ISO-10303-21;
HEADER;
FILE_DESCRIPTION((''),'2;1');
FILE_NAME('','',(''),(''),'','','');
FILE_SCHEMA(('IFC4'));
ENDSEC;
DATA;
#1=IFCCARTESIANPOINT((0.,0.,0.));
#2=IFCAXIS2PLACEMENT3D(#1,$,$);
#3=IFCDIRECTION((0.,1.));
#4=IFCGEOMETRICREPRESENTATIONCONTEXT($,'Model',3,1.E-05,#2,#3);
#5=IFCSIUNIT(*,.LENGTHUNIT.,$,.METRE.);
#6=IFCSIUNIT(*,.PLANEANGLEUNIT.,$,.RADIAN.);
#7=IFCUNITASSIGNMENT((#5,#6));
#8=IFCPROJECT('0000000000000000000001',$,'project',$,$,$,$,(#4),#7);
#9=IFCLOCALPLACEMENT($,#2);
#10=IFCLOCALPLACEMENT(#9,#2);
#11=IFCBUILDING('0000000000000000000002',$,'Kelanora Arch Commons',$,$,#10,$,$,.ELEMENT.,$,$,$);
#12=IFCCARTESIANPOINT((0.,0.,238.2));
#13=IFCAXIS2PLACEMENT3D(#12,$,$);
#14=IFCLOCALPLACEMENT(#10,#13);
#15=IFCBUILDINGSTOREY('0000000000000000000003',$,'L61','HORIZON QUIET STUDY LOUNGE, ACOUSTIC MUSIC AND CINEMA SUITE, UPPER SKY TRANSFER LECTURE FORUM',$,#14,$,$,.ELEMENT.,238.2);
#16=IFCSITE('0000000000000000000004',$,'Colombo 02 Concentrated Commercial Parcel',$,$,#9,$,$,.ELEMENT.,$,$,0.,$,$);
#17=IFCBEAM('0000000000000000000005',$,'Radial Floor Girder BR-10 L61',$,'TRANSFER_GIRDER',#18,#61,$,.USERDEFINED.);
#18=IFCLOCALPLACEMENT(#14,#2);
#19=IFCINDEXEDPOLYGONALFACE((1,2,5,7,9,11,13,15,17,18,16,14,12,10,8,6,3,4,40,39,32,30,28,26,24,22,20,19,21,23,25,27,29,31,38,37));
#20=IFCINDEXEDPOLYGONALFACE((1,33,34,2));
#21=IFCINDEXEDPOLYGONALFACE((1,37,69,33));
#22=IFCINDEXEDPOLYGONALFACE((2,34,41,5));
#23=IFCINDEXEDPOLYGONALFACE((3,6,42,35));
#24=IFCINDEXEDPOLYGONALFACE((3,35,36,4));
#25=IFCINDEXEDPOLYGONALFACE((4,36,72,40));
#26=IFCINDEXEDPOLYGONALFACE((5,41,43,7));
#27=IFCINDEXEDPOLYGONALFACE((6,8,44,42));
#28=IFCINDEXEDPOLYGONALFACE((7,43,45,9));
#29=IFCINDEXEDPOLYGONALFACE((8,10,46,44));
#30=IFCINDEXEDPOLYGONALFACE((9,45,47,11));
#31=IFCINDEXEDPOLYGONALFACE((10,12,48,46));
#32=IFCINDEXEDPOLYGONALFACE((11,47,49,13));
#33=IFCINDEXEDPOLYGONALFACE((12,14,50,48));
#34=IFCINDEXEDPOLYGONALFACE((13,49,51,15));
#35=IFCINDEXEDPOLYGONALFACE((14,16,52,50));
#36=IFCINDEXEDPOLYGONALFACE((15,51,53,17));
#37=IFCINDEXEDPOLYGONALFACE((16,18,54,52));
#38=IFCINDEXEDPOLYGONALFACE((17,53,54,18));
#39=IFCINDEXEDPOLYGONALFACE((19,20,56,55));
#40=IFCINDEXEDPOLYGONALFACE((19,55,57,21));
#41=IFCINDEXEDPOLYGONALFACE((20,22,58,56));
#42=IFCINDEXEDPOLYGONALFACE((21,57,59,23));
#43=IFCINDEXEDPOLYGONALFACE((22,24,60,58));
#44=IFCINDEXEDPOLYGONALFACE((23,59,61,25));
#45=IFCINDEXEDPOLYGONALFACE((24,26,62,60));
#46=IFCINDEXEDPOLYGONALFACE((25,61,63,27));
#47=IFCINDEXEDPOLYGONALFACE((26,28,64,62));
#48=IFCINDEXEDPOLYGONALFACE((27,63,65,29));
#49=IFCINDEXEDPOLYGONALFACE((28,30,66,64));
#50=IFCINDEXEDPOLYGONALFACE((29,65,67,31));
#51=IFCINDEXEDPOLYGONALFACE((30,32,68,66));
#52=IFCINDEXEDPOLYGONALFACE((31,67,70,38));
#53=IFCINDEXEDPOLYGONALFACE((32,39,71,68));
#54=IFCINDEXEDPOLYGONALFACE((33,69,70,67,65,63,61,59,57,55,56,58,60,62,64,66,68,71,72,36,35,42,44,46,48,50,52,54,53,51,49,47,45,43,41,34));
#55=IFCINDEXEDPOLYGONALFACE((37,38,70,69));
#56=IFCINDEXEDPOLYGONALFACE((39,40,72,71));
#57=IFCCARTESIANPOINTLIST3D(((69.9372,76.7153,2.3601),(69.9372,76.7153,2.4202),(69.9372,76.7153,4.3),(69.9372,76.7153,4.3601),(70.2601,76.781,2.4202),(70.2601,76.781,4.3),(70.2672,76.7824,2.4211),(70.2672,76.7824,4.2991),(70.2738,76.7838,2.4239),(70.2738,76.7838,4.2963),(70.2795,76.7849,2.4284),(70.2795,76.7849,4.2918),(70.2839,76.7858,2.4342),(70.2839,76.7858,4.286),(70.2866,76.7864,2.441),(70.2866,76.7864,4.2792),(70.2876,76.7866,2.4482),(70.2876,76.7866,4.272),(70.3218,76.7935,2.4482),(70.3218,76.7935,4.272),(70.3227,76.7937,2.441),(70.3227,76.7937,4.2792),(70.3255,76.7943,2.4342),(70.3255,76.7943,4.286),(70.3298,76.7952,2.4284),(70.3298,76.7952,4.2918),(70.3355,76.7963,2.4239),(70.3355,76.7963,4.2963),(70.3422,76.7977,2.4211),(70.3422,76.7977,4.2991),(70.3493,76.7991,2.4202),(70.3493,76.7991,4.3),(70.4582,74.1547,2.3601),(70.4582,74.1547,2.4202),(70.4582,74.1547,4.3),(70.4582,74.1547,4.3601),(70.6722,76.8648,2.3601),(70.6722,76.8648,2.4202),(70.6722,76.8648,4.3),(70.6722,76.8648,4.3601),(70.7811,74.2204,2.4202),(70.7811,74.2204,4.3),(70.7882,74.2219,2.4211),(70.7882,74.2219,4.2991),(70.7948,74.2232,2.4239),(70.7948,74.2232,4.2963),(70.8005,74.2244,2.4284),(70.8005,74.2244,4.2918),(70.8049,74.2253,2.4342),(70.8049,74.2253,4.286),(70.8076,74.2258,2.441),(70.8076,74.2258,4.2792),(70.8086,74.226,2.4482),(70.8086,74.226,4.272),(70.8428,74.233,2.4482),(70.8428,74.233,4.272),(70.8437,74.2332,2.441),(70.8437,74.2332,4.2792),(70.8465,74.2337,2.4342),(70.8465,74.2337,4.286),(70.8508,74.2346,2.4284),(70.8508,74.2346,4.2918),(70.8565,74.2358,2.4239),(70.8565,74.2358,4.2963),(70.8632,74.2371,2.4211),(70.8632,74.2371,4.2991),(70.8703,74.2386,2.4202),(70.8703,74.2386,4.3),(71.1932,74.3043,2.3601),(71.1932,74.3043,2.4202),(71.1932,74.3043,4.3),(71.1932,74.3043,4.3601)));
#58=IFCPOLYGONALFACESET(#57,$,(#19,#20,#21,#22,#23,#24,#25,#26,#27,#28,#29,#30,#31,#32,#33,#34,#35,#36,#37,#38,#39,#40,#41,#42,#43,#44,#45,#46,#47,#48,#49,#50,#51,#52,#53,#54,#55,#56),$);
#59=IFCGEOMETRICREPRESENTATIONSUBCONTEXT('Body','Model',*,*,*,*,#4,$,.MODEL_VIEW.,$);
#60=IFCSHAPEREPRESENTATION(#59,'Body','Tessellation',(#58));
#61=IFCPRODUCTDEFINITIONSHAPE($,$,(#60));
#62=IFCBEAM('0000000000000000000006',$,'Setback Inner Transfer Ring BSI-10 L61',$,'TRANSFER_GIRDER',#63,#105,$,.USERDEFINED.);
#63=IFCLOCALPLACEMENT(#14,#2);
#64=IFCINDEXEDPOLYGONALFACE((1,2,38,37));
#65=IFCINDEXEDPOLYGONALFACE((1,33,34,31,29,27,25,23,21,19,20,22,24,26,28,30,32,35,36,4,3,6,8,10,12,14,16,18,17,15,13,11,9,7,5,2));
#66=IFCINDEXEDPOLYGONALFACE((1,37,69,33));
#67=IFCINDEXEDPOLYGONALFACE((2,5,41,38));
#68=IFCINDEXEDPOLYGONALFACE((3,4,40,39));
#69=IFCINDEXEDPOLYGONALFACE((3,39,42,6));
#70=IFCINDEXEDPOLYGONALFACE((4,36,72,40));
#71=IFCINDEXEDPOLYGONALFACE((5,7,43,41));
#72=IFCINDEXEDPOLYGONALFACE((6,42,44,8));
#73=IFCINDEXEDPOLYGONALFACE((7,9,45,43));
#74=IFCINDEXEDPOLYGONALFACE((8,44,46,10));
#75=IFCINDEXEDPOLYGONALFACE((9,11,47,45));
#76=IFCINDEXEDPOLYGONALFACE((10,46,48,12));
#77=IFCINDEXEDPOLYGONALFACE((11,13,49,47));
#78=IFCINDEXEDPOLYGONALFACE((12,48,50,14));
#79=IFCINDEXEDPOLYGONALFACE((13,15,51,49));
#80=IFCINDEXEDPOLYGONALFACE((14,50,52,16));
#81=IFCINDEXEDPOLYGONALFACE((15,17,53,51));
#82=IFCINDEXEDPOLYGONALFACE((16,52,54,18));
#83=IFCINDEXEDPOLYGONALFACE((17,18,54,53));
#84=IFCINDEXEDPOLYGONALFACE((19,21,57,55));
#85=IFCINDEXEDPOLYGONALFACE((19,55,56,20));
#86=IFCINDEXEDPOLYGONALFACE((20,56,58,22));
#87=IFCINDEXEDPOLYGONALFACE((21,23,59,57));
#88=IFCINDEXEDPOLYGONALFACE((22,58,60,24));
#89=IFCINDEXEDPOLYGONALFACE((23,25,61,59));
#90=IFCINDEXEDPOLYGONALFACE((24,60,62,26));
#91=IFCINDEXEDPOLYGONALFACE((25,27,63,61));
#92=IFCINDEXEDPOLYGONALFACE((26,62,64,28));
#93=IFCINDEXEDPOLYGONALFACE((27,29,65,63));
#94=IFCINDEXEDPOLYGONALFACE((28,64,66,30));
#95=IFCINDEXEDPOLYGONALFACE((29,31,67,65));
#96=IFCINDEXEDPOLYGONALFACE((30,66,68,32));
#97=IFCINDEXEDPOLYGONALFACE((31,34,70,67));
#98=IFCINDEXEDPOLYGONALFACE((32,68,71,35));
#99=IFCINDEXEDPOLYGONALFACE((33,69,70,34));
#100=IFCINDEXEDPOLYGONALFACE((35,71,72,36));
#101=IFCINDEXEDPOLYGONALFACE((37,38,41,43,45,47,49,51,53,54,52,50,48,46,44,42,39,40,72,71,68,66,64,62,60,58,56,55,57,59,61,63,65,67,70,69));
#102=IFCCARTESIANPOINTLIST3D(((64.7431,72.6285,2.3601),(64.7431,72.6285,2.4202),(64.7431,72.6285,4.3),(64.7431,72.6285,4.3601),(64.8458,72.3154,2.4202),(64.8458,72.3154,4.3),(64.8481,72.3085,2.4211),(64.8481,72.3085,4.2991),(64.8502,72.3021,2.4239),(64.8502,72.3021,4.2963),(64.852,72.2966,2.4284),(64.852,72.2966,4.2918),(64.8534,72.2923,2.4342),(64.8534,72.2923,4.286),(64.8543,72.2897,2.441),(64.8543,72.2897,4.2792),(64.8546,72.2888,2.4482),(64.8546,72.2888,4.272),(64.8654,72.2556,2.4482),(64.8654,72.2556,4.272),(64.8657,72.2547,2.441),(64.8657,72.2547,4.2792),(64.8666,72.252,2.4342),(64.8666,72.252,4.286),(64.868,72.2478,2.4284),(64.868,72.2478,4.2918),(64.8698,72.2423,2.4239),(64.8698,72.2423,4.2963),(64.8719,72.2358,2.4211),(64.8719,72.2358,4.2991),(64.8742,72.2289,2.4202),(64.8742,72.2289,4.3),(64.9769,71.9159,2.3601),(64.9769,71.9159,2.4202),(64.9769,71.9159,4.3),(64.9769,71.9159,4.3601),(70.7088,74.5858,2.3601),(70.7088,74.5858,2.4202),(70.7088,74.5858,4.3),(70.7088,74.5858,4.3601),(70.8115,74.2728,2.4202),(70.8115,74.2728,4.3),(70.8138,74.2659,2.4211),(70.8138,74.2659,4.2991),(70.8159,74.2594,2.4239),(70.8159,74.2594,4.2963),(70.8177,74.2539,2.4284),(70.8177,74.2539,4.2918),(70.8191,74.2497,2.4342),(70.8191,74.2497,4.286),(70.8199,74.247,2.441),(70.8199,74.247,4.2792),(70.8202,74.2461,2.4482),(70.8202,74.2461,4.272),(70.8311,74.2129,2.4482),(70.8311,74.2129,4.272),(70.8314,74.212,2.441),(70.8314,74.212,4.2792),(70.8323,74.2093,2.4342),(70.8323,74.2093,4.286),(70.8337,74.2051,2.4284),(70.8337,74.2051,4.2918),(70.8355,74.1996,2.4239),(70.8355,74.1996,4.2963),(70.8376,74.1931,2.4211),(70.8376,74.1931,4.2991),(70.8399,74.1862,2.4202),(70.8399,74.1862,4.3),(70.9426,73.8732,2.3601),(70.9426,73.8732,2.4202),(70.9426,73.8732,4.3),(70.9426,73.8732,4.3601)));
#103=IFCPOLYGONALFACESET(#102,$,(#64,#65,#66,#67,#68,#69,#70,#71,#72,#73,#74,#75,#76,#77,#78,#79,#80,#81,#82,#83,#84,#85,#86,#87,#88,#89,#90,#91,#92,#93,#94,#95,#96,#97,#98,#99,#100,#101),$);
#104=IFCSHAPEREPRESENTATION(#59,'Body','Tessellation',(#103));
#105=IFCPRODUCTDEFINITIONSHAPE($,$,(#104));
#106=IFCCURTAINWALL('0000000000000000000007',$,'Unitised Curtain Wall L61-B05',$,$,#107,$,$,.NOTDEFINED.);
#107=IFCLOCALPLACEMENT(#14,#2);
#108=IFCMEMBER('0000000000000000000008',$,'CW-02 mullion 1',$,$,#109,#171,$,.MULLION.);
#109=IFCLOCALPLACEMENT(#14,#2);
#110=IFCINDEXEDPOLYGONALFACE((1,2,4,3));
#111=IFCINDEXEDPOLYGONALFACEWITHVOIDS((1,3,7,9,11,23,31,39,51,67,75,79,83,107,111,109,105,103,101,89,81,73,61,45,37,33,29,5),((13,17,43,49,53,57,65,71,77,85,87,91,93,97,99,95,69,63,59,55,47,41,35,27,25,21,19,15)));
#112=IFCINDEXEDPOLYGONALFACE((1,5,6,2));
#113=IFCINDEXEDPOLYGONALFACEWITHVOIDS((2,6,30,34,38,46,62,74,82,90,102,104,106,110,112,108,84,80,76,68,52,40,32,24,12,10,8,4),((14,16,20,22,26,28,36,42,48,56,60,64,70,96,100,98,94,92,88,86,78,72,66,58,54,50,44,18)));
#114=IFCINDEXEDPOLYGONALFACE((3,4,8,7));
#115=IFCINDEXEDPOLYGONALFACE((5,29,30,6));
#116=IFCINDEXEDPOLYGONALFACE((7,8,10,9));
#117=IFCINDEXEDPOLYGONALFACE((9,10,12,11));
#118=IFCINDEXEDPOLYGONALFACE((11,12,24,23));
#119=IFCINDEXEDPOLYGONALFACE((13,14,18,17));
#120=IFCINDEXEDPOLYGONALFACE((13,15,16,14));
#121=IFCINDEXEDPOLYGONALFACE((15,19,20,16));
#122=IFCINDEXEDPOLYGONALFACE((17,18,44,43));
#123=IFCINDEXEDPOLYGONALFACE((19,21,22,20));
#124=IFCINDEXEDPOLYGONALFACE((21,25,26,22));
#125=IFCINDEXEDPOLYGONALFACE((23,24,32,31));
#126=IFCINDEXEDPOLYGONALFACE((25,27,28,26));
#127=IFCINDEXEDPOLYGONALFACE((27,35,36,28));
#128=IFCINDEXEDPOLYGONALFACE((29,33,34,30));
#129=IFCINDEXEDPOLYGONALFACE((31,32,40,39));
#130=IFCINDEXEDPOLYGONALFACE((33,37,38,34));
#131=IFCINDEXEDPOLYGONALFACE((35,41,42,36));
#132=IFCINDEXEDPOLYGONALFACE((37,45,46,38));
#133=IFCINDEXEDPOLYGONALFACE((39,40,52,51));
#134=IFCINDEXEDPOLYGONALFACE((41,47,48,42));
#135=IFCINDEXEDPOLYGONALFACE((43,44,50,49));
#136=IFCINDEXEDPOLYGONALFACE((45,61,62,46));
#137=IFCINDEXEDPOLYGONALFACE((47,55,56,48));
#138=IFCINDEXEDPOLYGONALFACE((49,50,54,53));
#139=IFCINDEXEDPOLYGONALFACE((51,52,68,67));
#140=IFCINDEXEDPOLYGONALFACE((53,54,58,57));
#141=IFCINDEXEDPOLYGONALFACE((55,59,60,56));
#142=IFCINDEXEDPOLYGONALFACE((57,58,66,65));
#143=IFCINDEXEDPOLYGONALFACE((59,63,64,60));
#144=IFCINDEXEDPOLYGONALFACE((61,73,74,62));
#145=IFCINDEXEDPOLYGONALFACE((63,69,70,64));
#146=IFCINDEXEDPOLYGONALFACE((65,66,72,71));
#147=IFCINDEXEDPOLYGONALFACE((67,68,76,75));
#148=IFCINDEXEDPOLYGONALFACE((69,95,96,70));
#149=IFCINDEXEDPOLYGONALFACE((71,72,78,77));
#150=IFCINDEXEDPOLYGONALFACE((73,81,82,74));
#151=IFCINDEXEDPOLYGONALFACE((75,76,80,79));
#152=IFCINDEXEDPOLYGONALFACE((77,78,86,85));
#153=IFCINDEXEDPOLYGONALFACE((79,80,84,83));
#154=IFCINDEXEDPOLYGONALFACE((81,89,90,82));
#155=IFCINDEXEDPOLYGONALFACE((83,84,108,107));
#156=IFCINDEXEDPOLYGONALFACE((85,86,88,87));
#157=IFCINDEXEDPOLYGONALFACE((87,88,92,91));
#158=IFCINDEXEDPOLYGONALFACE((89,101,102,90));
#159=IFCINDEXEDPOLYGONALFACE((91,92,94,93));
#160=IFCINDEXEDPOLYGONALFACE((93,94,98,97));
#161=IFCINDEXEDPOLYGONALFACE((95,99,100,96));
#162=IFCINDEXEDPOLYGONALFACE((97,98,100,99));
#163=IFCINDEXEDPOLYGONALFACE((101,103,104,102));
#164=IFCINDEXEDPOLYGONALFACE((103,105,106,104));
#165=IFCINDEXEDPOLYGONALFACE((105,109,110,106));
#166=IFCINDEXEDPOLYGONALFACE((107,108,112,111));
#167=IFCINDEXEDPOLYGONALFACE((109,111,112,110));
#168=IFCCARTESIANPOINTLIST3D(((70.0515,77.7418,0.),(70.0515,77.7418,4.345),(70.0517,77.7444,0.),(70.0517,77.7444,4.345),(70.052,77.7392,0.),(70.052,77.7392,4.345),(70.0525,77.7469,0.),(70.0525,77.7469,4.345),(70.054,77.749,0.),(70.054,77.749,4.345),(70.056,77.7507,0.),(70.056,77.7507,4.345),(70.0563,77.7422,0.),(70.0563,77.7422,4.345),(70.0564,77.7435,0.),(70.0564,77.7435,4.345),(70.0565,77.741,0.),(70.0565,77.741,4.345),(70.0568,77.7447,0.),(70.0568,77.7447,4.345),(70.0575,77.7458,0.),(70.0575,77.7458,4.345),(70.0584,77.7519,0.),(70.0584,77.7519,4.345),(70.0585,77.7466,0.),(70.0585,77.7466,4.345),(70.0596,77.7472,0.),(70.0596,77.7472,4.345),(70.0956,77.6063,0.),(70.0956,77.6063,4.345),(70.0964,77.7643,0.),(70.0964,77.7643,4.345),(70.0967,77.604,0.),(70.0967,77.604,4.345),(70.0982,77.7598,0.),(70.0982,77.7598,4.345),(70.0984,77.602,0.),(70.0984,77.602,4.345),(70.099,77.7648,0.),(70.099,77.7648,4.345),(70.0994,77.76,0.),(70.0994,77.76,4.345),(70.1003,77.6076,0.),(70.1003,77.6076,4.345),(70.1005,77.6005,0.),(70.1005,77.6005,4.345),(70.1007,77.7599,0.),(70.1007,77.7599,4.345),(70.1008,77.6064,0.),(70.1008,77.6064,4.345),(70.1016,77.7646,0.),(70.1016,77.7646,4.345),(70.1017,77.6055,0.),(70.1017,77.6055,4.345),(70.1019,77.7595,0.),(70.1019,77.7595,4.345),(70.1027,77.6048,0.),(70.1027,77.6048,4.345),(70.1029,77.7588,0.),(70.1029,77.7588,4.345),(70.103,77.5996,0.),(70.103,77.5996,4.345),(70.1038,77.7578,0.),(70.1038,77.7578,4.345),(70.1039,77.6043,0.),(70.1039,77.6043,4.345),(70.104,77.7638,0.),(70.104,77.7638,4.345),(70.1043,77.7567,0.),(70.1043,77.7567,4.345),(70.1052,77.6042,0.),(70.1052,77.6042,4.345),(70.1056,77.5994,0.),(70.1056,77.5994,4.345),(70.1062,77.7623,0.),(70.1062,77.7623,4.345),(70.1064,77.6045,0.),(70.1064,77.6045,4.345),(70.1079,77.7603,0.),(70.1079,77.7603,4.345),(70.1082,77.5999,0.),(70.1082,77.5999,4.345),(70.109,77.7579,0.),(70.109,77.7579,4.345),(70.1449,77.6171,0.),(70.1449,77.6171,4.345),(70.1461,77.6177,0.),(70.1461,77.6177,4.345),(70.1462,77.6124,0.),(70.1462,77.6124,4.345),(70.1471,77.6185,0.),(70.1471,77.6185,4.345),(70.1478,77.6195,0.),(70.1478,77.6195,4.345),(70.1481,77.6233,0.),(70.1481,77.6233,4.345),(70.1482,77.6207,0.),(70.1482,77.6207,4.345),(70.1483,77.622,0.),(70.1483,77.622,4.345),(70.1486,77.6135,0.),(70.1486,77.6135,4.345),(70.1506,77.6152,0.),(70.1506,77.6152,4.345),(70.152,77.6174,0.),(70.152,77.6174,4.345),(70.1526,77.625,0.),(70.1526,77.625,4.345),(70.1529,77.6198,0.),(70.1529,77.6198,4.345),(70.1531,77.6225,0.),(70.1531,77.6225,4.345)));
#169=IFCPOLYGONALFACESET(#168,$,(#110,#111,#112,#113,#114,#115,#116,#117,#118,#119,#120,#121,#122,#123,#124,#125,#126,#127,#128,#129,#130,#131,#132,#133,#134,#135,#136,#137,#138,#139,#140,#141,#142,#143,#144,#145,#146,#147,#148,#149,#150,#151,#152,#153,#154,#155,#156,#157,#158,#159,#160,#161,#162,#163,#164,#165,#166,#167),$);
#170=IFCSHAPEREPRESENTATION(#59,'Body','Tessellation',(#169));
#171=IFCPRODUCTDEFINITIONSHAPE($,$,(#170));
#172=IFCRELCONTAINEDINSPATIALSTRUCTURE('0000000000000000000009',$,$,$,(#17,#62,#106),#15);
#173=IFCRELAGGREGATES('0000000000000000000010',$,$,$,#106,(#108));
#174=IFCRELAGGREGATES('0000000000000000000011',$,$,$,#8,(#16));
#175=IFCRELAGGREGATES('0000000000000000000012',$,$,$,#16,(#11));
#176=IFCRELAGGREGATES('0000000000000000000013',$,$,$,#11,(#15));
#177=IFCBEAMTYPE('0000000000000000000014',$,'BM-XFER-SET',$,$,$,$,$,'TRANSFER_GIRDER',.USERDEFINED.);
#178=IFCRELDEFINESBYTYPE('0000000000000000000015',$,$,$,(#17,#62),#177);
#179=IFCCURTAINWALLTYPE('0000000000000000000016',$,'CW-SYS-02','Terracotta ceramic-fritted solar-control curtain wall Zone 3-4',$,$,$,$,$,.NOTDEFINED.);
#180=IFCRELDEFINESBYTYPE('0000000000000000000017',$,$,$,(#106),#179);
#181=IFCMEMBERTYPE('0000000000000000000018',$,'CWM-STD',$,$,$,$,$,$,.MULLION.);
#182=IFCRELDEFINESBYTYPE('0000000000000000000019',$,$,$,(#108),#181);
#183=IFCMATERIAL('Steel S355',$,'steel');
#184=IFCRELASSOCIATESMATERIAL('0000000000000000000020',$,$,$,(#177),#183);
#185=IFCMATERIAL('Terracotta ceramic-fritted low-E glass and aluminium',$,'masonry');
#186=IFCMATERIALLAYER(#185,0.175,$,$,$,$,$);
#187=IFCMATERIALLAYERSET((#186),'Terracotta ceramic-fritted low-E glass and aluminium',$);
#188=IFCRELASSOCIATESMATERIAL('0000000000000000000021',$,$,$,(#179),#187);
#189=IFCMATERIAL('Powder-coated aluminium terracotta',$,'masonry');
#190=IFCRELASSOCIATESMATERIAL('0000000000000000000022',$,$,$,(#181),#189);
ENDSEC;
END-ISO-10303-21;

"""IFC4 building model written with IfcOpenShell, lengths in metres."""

from ifc_helpers import new_model, si_unit, direction, frame, origin, origin_2d, place, context, subcontext, project, spatial, hollow_rectangle, i_section, extrude, material, layer, layer_set, material_profile, profile_set, type_object, element, aggregate, save


model = new_model("IFC4")

# Units and contexts
model_context = context("Model", 3, precision=1e-05, world=origin(), true_north=direction((0.0, 1.0)))
body_context = subcontext(model_context, "Body", "Model", "MODEL_VIEW")
ifc_project = project(units=[si_unit("LENGTHUNIT", "METRE"), si_unit("PLANEANGLEUNIT", "RADIAN")], contexts=[model_context])

# Site, building, storey
site_placement = place(None, origin())
site = spatial("IfcSite", under=ifc_project, at=site_placement, Name="Colombo 02 Concentrated Commercial Parcel", CompositionType="ELEMENT", RefElevation=0.0)
building_placement = place(site_placement, origin())
building = spatial("IfcBuilding", under=site, at=building_placement, Name="Kelanora Arch Commons", CompositionType="ELEMENT")
storey_placement = place(building_placement, frame((0.0, 0.0, 238.2)))
storey = spatial("IfcBuildingStorey", under=building, at=storey_placement, Name="L61", Description="HORIZON QUIET STUDY LOUNGE, ACOUSTIC MUSIC AND CINEMA SUITE, UPPER SKY TRANSFER LECTURE FORUM", CompositionType="ELEMENT", Elevation=238.2)

# Beams
ifc_material_1 = material(Name="Steel S355", Category="steel")
ifc_material_profile_1 = material_profile(ifc_material_1, i_section(OverallWidth=0.75, OverallDepth=2.0, WebThickness=0.0349, FlangeThickness=0.0601, FilletRadius=0.0281, at=origin_2d()), Name="PG2000x750")
ifc_profile_set_1 = profile_set([ifc_material_profile_1], Name="Steel S355")
beam_type_1 = type_object("IfcBeamType", Name="BM-XFER-SET", ElementType="TRANSFER_GIRDER", PredefinedType="USERDEFINED", material=ifc_profile_set_1)
beam_1_placement = place(storey_placement, frame((70.8257, 74.2295, 3.3601), z_axis=(-0.199385, 0.979921, 0.0), x_axis=(-0.979921, -0.199385, 0.0)))
element("IfcBeam", 1, at=beam_1_placement, inside=storey, type_object=beam_type_1, Name="Radial Floor Girder BR-10 L61", ObjectType="TRANSFER_GIRDER", PredefinedType="USERDEFINED", context=body_context, shape_type="SweptSolid", body=[
    extrude(i_section(OverallWidth=0.75, OverallDepth=2.0, WebThickness=0.0349, FlangeThickness=0.0601, FilletRadius=0.0281, at=origin_2d()), origin(), (0.0, 0.0, 1.0), 2.613),
])
beam_2_placement = place(storey_placement, frame((70.8257, 74.2295, 3.3601), z_axis=(-0.950166, -0.311745, 0.0), x_axis=(0.311745, -0.950166, 0.0)))
element("IfcBeam", 2, at=beam_2_placement, inside=storey, type_object=beam_type_1, Name="Setback Inner Transfer Ring BSI-10 L61", ObjectType="TRANSFER_GIRDER", PredefinedType="USERDEFINED", context=body_context, shape_type="SweptSolid", body=[
    extrude(i_section(OverallWidth=0.75, OverallDepth=2.0, WebThickness=0.0349, FlangeThickness=0.0601, FilletRadius=0.0281, at=origin_2d()), origin(), (0.0, 0.0, 1.0), 6.2786),
])

# Curtain wall, member
ifc_material_2 = material(Name="Terracotta ceramic-fritted low-E glass and aluminium", Category="masonry")
ifc_layer_1 = layer(ifc_material_2, 0.175)
ifc_layer_set_1 = layer_set([ifc_layer_1], Name="Terracotta ceramic-fritted low-E glass and aluminium")
curtain_wall_type = type_object("IfcCurtainWallType", Name="CW-SYS-02", Description="Terracotta ceramic-fritted solar-control curtain wall Zone 3-4", PredefinedType="NOTDEFINED", material=ifc_layer_set_1)
curtain_wall_placement = place(storey_placement, origin())
curtain_wall = element("IfcCurtainWall", 3, at=curtain_wall_placement, inside=storey, type_object=curtain_wall_type, Name="Unitised Curtain Wall L61-B05", PredefinedType="NOTDEFINED")
ifc_material_3 = material(Name="Powder-coated aluminium terracotta", Category="masonry")
ifc_material_profile_2 = material_profile(ifc_material_3, hollow_rectangle(XDim=0.1599, YDim=0.0601, WallThickness=0.0049, InnerFilletRadius=0.0049, OuterFilletRadius=0.01, at=origin_2d()), Name="CWM160x60")
ifc_profile_set_2 = profile_set([ifc_material_profile_2], Name="Powder-coated aluminium terracotta")
member_type_1 = type_object("IfcMemberType", Name="CWM-STD", PredefinedType="MULLION", material=ifc_profile_set_2)
member_1_placement = place(storey_placement, frame((70.1023, 77.6821, 0.0), z_axis=(0.0, 0.0, 1.0), x_axis=(0.311582, -0.950219, 0.0)))
member_1 = element("IfcMember", 4, at=member_1_placement, type_object=member_type_1, Name="CW-02 mullion 1", PredefinedType="MULLION", context=body_context, shape_type="SweptSolid", body=[
    extrude(hollow_rectangle(XDim=0.1599, YDim=0.0601, WallThickness=0.0049, InnerFilletRadius=0.0049, OuterFilletRadius=0.01, at=origin_2d()), origin(), (0.0, 0.0, 1.0), 4.345),
])
aggregate(curtain_wall, [member_1])

save(model, "model.ifc")
